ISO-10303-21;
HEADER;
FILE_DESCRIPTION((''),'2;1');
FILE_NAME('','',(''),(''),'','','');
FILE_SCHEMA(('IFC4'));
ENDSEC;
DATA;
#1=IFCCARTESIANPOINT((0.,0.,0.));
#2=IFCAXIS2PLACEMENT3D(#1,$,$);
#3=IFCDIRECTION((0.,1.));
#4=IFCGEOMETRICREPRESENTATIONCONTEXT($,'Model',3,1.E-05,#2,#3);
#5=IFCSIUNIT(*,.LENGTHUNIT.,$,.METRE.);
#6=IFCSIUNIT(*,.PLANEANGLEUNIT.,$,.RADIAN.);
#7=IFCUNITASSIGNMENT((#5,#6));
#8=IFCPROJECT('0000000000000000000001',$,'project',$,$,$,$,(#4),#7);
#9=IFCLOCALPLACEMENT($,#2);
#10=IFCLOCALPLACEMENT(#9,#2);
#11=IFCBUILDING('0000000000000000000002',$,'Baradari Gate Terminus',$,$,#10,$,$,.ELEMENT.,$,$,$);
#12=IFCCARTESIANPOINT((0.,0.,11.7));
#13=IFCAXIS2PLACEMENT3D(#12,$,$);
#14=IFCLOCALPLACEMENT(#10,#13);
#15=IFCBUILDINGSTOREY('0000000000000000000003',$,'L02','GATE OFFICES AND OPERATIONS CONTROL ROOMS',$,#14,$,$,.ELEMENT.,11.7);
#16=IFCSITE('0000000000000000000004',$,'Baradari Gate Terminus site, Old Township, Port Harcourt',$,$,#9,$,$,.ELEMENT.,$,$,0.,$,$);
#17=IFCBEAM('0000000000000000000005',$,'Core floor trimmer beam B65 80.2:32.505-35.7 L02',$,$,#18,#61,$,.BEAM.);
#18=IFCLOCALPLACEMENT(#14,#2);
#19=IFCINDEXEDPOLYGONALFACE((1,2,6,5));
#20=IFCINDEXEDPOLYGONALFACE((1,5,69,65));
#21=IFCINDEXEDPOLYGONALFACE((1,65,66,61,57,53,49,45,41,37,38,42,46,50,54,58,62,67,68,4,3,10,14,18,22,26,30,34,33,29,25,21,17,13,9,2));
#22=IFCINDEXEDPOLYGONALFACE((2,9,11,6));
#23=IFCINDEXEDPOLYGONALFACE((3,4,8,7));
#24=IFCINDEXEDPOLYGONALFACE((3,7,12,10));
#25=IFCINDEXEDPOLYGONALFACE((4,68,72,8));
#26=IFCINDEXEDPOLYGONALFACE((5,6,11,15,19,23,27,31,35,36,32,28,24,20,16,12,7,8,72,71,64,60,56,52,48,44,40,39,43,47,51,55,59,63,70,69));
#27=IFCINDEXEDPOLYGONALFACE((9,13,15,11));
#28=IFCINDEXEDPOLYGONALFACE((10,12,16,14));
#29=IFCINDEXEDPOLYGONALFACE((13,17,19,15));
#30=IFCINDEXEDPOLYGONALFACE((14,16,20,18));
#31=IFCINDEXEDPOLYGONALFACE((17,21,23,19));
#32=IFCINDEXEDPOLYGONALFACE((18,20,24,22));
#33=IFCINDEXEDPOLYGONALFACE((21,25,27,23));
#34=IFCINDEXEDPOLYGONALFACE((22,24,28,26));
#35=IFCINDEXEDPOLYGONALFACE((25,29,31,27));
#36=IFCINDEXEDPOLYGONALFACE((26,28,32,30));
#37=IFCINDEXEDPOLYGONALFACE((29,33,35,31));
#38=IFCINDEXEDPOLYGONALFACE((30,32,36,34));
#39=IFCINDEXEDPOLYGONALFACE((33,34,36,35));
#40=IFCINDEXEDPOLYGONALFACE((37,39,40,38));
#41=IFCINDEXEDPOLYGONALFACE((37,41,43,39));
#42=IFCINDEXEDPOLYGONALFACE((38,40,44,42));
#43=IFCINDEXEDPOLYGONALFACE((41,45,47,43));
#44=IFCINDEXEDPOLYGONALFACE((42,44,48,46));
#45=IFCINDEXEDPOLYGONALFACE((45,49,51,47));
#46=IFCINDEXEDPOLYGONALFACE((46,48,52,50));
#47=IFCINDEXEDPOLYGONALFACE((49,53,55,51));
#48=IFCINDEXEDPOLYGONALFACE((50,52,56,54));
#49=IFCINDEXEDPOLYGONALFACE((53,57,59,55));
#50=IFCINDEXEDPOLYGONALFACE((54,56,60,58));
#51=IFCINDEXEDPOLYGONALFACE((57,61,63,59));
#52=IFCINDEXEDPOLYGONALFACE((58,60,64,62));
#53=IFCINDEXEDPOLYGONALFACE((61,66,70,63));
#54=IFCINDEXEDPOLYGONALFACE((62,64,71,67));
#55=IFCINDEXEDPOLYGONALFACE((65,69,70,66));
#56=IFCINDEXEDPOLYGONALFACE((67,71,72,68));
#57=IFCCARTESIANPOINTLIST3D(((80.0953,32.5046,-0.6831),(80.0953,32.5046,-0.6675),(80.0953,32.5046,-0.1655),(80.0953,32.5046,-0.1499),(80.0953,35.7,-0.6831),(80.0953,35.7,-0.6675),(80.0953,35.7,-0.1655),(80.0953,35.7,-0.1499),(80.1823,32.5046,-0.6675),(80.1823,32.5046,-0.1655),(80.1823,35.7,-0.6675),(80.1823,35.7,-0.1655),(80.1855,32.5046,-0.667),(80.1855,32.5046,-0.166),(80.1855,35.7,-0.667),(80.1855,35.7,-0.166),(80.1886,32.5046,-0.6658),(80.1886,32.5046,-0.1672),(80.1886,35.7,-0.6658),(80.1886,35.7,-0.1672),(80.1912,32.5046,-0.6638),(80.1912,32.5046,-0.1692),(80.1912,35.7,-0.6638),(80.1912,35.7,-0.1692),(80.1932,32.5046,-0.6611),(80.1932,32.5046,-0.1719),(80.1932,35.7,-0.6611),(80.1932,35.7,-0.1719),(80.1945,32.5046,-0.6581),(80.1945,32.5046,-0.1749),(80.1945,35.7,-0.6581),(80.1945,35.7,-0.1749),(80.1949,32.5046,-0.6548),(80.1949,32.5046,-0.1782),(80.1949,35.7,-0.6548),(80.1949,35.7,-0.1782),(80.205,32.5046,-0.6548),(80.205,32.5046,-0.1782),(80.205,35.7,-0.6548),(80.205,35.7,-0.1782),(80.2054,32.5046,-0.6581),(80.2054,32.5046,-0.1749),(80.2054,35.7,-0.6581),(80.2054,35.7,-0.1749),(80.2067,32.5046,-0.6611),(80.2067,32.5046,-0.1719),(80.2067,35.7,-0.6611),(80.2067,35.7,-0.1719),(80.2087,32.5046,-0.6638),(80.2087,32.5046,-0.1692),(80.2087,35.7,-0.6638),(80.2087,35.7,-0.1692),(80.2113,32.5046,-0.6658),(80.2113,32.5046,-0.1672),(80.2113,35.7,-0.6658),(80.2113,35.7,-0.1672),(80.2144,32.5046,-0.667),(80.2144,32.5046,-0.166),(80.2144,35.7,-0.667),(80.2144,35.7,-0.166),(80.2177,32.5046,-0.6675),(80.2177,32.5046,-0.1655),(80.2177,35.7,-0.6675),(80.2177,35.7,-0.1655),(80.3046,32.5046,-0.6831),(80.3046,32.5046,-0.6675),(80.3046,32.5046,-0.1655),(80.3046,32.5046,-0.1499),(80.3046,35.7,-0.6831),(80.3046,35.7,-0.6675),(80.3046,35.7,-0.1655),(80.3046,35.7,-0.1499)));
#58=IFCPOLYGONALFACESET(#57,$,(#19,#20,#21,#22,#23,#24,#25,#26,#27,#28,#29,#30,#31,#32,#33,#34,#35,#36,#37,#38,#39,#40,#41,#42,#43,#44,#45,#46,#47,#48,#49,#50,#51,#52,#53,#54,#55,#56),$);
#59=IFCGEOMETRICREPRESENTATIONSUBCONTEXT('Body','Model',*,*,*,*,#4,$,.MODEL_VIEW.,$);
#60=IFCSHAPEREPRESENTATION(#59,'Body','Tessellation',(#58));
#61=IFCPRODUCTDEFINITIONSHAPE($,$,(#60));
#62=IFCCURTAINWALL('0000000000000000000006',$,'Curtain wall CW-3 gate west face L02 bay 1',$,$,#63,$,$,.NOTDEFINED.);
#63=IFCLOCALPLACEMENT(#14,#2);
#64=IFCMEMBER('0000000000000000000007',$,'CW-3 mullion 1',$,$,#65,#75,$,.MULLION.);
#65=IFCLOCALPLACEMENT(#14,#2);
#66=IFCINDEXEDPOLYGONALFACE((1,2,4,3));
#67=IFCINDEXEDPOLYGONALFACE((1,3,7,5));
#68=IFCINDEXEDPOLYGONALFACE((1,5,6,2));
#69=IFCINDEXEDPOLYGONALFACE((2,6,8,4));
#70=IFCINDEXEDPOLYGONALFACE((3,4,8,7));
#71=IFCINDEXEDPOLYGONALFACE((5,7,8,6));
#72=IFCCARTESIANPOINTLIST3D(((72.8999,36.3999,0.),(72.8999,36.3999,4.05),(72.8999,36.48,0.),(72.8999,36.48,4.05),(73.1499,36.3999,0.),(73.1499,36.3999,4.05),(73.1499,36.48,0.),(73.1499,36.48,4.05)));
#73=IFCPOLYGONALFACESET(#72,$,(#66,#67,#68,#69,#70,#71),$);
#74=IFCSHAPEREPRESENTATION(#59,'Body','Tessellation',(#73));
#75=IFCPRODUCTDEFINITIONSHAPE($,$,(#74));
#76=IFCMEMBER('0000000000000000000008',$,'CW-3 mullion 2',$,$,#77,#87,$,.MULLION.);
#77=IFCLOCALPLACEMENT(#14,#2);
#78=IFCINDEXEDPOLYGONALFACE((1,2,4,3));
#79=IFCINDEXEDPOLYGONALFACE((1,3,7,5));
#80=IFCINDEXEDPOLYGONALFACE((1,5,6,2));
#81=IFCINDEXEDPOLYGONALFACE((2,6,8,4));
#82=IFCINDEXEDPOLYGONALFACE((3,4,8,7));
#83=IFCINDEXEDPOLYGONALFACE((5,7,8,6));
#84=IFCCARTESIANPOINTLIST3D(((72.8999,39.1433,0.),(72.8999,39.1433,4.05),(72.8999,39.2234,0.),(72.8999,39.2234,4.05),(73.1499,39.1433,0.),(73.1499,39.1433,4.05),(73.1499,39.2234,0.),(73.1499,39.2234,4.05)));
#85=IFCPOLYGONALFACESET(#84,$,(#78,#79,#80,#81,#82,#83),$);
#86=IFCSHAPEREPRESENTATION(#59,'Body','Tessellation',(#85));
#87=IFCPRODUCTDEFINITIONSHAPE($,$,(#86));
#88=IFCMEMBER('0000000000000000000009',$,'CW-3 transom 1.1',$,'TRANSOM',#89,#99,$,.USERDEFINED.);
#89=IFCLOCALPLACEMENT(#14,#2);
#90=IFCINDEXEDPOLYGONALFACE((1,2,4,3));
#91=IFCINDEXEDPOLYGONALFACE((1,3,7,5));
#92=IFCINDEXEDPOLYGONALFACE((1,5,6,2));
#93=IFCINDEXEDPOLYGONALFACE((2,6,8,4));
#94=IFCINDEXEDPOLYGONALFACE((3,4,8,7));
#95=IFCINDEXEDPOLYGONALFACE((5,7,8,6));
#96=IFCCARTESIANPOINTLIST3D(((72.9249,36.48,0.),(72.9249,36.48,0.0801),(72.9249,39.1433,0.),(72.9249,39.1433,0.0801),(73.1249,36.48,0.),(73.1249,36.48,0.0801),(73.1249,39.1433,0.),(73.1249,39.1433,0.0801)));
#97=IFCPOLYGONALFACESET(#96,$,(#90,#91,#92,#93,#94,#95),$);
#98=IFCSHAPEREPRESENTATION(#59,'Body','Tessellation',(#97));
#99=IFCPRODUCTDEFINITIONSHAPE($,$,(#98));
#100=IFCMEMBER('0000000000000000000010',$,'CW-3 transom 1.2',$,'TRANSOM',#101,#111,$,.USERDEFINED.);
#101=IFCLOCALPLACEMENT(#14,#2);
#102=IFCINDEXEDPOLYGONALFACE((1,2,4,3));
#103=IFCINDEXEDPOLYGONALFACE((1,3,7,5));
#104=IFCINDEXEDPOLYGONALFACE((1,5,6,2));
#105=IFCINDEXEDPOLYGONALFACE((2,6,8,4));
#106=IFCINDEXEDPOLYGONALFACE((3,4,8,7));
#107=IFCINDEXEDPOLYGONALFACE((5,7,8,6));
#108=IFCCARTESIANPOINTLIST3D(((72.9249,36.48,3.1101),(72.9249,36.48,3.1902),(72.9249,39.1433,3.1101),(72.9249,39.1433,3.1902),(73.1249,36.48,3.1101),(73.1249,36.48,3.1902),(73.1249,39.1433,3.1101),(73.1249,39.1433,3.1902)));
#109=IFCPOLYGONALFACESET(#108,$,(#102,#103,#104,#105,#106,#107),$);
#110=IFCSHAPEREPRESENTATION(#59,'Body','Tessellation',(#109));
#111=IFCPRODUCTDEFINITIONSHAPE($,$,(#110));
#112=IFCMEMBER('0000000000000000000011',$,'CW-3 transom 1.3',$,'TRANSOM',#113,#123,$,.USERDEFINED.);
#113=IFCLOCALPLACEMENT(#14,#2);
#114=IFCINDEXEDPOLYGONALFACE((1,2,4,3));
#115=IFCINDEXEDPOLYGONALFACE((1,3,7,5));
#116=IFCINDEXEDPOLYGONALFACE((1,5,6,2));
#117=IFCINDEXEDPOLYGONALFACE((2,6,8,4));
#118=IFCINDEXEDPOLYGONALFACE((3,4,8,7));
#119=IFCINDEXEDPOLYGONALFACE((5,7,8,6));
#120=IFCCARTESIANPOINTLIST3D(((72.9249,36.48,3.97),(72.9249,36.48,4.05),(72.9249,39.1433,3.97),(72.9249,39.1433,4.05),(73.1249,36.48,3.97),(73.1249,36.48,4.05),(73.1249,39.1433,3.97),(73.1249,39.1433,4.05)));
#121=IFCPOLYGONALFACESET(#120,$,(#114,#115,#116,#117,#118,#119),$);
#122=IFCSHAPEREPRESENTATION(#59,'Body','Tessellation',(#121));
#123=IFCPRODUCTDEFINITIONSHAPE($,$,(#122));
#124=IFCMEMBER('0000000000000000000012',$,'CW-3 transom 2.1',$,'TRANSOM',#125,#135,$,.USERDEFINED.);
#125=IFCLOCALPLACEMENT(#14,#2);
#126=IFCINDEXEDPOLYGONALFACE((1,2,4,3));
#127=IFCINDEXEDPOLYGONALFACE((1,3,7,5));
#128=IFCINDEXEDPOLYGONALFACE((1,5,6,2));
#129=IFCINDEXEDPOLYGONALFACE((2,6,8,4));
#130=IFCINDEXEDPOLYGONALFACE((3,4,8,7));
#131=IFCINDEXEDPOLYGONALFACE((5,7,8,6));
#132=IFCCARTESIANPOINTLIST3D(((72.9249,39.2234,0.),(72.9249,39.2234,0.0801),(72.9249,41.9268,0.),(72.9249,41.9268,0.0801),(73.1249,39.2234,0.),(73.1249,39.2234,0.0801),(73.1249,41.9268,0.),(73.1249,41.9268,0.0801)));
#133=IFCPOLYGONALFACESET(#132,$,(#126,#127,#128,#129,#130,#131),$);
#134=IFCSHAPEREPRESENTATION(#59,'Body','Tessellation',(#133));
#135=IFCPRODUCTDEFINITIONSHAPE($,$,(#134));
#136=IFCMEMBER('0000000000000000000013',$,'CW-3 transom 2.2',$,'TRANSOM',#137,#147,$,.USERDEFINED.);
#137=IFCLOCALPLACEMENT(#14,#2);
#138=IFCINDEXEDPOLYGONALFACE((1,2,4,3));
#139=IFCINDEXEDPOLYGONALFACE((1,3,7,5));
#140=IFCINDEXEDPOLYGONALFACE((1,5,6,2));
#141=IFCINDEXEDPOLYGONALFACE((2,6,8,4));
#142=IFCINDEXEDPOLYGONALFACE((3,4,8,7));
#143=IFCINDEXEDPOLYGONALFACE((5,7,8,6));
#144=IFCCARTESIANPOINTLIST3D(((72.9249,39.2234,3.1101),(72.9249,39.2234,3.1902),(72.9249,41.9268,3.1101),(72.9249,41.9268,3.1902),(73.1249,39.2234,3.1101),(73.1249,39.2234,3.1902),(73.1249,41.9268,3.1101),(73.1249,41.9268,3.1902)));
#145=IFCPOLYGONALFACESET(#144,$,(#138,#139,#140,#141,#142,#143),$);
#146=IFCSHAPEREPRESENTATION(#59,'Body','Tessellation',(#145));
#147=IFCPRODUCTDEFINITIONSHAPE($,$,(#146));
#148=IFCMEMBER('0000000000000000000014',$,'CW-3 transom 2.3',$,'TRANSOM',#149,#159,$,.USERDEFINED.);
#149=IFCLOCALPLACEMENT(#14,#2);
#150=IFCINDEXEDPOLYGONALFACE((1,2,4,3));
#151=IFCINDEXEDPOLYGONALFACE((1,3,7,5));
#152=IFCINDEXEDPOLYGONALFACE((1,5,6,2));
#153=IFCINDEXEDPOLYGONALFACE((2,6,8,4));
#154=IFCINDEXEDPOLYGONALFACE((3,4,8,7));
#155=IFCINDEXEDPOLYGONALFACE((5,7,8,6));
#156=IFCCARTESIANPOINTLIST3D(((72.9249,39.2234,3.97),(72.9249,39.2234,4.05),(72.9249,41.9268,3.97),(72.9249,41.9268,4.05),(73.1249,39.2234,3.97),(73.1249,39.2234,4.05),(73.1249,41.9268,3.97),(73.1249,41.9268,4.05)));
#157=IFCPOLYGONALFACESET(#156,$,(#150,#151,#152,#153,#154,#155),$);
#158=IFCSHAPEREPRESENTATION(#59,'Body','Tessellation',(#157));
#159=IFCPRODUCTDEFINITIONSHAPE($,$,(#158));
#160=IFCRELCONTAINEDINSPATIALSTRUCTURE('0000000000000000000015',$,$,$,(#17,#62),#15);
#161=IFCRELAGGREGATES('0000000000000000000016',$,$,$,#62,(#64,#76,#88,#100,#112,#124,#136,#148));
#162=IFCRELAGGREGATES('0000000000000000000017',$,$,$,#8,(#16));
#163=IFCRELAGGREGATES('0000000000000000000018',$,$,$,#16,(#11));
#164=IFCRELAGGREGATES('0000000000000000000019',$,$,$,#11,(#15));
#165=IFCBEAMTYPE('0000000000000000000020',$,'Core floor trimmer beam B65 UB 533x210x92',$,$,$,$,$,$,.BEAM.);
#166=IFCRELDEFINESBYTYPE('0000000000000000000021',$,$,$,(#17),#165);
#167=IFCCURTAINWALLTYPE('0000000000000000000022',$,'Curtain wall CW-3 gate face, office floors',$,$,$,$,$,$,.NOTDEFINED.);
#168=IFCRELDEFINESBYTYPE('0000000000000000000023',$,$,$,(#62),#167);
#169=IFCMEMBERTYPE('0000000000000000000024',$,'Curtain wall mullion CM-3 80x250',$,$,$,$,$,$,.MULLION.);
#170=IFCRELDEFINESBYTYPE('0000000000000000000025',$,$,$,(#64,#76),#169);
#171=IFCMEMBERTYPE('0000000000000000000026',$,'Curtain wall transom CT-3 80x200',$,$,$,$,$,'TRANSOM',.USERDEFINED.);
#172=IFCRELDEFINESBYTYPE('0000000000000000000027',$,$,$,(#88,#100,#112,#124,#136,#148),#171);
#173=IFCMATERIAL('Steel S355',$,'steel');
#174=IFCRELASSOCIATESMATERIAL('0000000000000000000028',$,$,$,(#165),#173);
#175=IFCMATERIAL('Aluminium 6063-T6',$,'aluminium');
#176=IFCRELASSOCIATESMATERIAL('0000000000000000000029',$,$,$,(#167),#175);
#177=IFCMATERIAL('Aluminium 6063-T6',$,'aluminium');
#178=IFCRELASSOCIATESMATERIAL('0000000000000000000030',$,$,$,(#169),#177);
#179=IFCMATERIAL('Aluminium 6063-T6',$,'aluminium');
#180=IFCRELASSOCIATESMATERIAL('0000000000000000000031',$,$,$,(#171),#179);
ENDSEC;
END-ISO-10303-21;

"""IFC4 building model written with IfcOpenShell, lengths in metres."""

from ifc_helpers import new_model, si_unit, direction, frame, origin, origin_2d, place, context, subcontext, project, spatial, rectangle, i_section, extrude, material, material_profile, profile_set, type_object, element, aggregate, save


model = new_model("IFC4")

# Units and contexts
model_context = context("Model", 3, precision=1e-05, world=origin(), true_north=direction((0.0, 1.0)))
body_context = subcontext(model_context, "Body", "Model", "MODEL_VIEW")
ifc_project = project(units=[si_unit("LENGTHUNIT", "METRE"), si_unit("PLANEANGLEUNIT", "RADIAN")], contexts=[model_context])

# Site, building, storey
site_placement = place(None, origin())
site = spatial("IfcSite", under=ifc_project, at=site_placement, Name="Baradari Gate Terminus site, Old Township, Port Harcourt", CompositionType="ELEMENT", RefElevation=0.0)
building_placement = place(site_placement, origin())
building = spatial("IfcBuilding", under=site, at=building_placement, Name="Baradari Gate Terminus", CompositionType="ELEMENT")
storey_placement = place(building_placement, frame((0.0, 0.0, 11.7)))
storey = spatial("IfcBuildingStorey", under=building, at=storey_placement, Name="L02", Description="GATE OFFICES AND OPERATIONS CONTROL ROOMS", CompositionType="ELEMENT", Elevation=11.7)

# Beam
ifc_material_1 = material(Name="Steel S355", Category="steel")
ifc_material_profile_1 = material_profile(ifc_material_1, i_section(OverallWidth=0.2092, OverallDepth=0.5332, WebThickness=0.01, FlangeThickness=0.0156, FilletRadius=0.0127, at=origin_2d()), Name="UB 533x210x92")
ifc_profile_set_1 = profile_set([ifc_material_profile_1], Name="Steel S355")
beam_type_1 = type_object("IfcBeamType", Name="Core floor trimmer beam B65 UB 533x210x92", PredefinedType="BEAM", material=ifc_profile_set_1)
for number, where, z_axis, x_axis, name in (
    (1, (80.2, 32.5046, -0.4165), (0.0, 1.0, 0.0), (-1.0, 0.0, 0.0), "Core floor trimmer beam B65 80.2:32.505-35.7 L02"),
):
    element("IfcBeam", number, at=place(storey_placement, frame(where, z_axis=z_axis, x_axis=x_axis)), inside=storey, type_object=beam_type_1, Name=name, PredefinedType="BEAM", context=body_context, shape_type="SweptSolid", body=[
        extrude(i_section(OverallWidth=0.2092, OverallDepth=0.5332, WebThickness=0.01, FlangeThickness=0.0156, FilletRadius=0.0127, at=origin_2d()), origin(), (0.0, 0.0, 1.0), 3.1953),
    ])

# Curtain wall, members
ifc_material_2 = material(Name="Aluminium 6063-T6", Category="aluminium")
curtain_wall_type = type_object("IfcCurtainWallType", Name="Curtain wall CW-3 gate face, office floors", PredefinedType="NOTDEFINED", material=ifc_material_2)
curtain_wall_placement = place(storey_placement, origin())
curtain_wall = element("IfcCurtainWall", 2, at=curtain_wall_placement, inside=storey, type_object=curtain_wall_type, Name="Curtain wall CW-3 gate west face L02 bay 1", PredefinedType="NOTDEFINED")
ifc_material_3 = material(Name="Aluminium 6063-T6", Category="aluminium")
ifc_material_profile_2 = material_profile(ifc_material_3, rectangle(XDim=0.25, YDim=0.0801, at=origin_2d()), Name="CM-3 80X250")
ifc_profile_set_2 = profile_set([ifc_material_profile_2], Name="Aluminium 6063-T6")
member_type_1 = type_object("IfcMemberType", Name="Curtain wall mullion CM-3 80x250", PredefinedType="MULLION", material=ifc_profile_set_2)
member_1_placement = place(storey_placement, frame((73.0249, 36.4399, 0.0), z_axis=(0.0, 0.0, 1.0), x_axis=(-1.0, 0.0, 0.0)))
member_1 = element("IfcMember", 3, at=member_1_placement, type_object=member_type_1, Name="CW-3 mullion 1", PredefinedType="MULLION", context=body_context, shape_type="SweptSolid", body=[
    extrude(rectangle(XDim=0.25, YDim=0.0801, at=origin_2d()), origin(), (0.0, 0.0, 1.0), 4.05),
])
member_2_placement = place(storey_placement, frame((73.0249, 39.1833, 0.0), z_axis=(0.0, 0.0, 1.0), x_axis=(-1.0, 0.0, 0.0)))
member_2 = element("IfcMember", 4, at=member_2_placement, type_object=member_type_1, Name="CW-3 mullion 2", PredefinedType="MULLION", context=body_context, shape_type="SweptSolid", body=[
    extrude(rectangle(XDim=0.25, YDim=0.0801, at=origin_2d()), origin(), (0.0, 0.0, 1.0), 4.05),
])
ifc_material_4 = material(Name="Aluminium 6063-T6", Category="aluminium")
ifc_material_profile_3 = material_profile(ifc_material_4, rectangle(XDim=0.2, YDim=0.0801, at=origin_2d()), Name="CT-3 80X200")
ifc_profile_set_3 = profile_set([ifc_material_profile_3], Name="Aluminium 6063-T6")
member_type_2 = type_object("IfcMemberType", Name="Curtain wall transom CT-3 80x200", ElementType="TRANSOM", PredefinedType="USERDEFINED", material=ifc_profile_set_3)
member_3_placement = place(storey_placement, frame((73.0249, 36.48, 0.04), z_axis=(0.0, 1.0, 0.0), x_axis=(-1.0, 0.0, 0.0)))
member_3 = element("IfcMember", 5, at=member_3_placement, type_object=member_type_2, Name="CW-3 transom 1.1", ObjectType="TRANSOM", PredefinedType="USERDEFINED", context=body_context, shape_type="SweptSolid", body=[
    extrude(rectangle(XDim=0.2, YDim=0.0801, at=origin_2d()), origin(), (0.0, 0.0, 1.0), 2.6633),
])
member_4_placement = place(storey_placement, frame((73.0249, 36.48, 3.1501), z_axis=(0.0, 1.0, 0.0), x_axis=(-1.0, 0.0, 0.0)))
member_4 = element("IfcMember", 6, at=member_4_placement, type_object=member_type_2, Name="CW-3 transom 1.2", ObjectType="TRANSOM", PredefinedType="USERDEFINED", context=body_context, shape_type="SweptSolid", body=[
    extrude(rectangle(XDim=0.2, YDim=0.0801, at=origin_2d()), origin(), (0.0, 0.0, 1.0), 2.6633),
])
member_5_placement = place(storey_placement, frame((73.0249, 36.48, 4.01), z_axis=(0.0, 1.0, 0.0), x_axis=(-1.0, 0.0, 0.0)))
member_5 = element("IfcMember", 7, at=member_5_placement, type_object=member_type_2, Name="CW-3 transom 1.3", ObjectType="TRANSOM", PredefinedType="USERDEFINED", context=body_context, shape_type="SweptSolid", body=[
    extrude(rectangle(XDim=0.2, YDim=0.0801, at=origin_2d()), origin(), (0.0, 0.0, 1.0), 2.6633),
])
member_6_placement = place(storey_placement, frame((73.0249, 39.2234, 0.04), z_axis=(0.0, 1.0, 0.0), x_axis=(-1.0, 0.0, 0.0)))
member_6 = element("IfcMember", 8, at=member_6_placement, type_object=member_type_2, Name="CW-3 transom 2.1", ObjectType="TRANSOM", PredefinedType="USERDEFINED", context=body_context, shape_type="SweptSolid", body=[
    extrude(rectangle(XDim=0.2, YDim=0.0801, at=origin_2d()), origin(), (0.0, 0.0, 1.0), 2.7034),
])
member_7_placement = place(storey_placement, frame((73.0249, 39.2234, 3.1501), z_axis=(0.0, 1.0, 0.0), x_axis=(-1.0, 0.0, 0.0)))
member_7 = element("IfcMember", 9, at=member_7_placement, type_object=member_type_2, Name="CW-3 transom 2.2", ObjectType="TRANSOM", PredefinedType="USERDEFINED", context=body_context, shape_type="SweptSolid", body=[
    extrude(rectangle(XDim=0.2, YDim=0.0801, at=origin_2d()), origin(), (0.0, 0.0, 1.0), 2.7034),
])
member_8_placement = place(storey_placement, frame((73.0249, 39.2234, 4.01), z_axis=(0.0, 1.0, 0.0), x_axis=(-1.0, 0.0, 0.0)))
member_8 = element("IfcMember", 10, at=member_8_placement, type_object=member_type_2, Name="CW-3 transom 2.3", ObjectType="TRANSOM", PredefinedType="USERDEFINED", context=body_context, shape_type="SweptSolid", body=[
    extrude(rectangle(XDim=0.2, YDim=0.0801, at=origin_2d()), origin(), (0.0, 0.0, 1.0), 2.7034),
])

aggregate(curtain_wall, [member_1, member_2, member_3, member_4, member_5, member_6, member_7, member_8])

save(model, "model.ifc")
